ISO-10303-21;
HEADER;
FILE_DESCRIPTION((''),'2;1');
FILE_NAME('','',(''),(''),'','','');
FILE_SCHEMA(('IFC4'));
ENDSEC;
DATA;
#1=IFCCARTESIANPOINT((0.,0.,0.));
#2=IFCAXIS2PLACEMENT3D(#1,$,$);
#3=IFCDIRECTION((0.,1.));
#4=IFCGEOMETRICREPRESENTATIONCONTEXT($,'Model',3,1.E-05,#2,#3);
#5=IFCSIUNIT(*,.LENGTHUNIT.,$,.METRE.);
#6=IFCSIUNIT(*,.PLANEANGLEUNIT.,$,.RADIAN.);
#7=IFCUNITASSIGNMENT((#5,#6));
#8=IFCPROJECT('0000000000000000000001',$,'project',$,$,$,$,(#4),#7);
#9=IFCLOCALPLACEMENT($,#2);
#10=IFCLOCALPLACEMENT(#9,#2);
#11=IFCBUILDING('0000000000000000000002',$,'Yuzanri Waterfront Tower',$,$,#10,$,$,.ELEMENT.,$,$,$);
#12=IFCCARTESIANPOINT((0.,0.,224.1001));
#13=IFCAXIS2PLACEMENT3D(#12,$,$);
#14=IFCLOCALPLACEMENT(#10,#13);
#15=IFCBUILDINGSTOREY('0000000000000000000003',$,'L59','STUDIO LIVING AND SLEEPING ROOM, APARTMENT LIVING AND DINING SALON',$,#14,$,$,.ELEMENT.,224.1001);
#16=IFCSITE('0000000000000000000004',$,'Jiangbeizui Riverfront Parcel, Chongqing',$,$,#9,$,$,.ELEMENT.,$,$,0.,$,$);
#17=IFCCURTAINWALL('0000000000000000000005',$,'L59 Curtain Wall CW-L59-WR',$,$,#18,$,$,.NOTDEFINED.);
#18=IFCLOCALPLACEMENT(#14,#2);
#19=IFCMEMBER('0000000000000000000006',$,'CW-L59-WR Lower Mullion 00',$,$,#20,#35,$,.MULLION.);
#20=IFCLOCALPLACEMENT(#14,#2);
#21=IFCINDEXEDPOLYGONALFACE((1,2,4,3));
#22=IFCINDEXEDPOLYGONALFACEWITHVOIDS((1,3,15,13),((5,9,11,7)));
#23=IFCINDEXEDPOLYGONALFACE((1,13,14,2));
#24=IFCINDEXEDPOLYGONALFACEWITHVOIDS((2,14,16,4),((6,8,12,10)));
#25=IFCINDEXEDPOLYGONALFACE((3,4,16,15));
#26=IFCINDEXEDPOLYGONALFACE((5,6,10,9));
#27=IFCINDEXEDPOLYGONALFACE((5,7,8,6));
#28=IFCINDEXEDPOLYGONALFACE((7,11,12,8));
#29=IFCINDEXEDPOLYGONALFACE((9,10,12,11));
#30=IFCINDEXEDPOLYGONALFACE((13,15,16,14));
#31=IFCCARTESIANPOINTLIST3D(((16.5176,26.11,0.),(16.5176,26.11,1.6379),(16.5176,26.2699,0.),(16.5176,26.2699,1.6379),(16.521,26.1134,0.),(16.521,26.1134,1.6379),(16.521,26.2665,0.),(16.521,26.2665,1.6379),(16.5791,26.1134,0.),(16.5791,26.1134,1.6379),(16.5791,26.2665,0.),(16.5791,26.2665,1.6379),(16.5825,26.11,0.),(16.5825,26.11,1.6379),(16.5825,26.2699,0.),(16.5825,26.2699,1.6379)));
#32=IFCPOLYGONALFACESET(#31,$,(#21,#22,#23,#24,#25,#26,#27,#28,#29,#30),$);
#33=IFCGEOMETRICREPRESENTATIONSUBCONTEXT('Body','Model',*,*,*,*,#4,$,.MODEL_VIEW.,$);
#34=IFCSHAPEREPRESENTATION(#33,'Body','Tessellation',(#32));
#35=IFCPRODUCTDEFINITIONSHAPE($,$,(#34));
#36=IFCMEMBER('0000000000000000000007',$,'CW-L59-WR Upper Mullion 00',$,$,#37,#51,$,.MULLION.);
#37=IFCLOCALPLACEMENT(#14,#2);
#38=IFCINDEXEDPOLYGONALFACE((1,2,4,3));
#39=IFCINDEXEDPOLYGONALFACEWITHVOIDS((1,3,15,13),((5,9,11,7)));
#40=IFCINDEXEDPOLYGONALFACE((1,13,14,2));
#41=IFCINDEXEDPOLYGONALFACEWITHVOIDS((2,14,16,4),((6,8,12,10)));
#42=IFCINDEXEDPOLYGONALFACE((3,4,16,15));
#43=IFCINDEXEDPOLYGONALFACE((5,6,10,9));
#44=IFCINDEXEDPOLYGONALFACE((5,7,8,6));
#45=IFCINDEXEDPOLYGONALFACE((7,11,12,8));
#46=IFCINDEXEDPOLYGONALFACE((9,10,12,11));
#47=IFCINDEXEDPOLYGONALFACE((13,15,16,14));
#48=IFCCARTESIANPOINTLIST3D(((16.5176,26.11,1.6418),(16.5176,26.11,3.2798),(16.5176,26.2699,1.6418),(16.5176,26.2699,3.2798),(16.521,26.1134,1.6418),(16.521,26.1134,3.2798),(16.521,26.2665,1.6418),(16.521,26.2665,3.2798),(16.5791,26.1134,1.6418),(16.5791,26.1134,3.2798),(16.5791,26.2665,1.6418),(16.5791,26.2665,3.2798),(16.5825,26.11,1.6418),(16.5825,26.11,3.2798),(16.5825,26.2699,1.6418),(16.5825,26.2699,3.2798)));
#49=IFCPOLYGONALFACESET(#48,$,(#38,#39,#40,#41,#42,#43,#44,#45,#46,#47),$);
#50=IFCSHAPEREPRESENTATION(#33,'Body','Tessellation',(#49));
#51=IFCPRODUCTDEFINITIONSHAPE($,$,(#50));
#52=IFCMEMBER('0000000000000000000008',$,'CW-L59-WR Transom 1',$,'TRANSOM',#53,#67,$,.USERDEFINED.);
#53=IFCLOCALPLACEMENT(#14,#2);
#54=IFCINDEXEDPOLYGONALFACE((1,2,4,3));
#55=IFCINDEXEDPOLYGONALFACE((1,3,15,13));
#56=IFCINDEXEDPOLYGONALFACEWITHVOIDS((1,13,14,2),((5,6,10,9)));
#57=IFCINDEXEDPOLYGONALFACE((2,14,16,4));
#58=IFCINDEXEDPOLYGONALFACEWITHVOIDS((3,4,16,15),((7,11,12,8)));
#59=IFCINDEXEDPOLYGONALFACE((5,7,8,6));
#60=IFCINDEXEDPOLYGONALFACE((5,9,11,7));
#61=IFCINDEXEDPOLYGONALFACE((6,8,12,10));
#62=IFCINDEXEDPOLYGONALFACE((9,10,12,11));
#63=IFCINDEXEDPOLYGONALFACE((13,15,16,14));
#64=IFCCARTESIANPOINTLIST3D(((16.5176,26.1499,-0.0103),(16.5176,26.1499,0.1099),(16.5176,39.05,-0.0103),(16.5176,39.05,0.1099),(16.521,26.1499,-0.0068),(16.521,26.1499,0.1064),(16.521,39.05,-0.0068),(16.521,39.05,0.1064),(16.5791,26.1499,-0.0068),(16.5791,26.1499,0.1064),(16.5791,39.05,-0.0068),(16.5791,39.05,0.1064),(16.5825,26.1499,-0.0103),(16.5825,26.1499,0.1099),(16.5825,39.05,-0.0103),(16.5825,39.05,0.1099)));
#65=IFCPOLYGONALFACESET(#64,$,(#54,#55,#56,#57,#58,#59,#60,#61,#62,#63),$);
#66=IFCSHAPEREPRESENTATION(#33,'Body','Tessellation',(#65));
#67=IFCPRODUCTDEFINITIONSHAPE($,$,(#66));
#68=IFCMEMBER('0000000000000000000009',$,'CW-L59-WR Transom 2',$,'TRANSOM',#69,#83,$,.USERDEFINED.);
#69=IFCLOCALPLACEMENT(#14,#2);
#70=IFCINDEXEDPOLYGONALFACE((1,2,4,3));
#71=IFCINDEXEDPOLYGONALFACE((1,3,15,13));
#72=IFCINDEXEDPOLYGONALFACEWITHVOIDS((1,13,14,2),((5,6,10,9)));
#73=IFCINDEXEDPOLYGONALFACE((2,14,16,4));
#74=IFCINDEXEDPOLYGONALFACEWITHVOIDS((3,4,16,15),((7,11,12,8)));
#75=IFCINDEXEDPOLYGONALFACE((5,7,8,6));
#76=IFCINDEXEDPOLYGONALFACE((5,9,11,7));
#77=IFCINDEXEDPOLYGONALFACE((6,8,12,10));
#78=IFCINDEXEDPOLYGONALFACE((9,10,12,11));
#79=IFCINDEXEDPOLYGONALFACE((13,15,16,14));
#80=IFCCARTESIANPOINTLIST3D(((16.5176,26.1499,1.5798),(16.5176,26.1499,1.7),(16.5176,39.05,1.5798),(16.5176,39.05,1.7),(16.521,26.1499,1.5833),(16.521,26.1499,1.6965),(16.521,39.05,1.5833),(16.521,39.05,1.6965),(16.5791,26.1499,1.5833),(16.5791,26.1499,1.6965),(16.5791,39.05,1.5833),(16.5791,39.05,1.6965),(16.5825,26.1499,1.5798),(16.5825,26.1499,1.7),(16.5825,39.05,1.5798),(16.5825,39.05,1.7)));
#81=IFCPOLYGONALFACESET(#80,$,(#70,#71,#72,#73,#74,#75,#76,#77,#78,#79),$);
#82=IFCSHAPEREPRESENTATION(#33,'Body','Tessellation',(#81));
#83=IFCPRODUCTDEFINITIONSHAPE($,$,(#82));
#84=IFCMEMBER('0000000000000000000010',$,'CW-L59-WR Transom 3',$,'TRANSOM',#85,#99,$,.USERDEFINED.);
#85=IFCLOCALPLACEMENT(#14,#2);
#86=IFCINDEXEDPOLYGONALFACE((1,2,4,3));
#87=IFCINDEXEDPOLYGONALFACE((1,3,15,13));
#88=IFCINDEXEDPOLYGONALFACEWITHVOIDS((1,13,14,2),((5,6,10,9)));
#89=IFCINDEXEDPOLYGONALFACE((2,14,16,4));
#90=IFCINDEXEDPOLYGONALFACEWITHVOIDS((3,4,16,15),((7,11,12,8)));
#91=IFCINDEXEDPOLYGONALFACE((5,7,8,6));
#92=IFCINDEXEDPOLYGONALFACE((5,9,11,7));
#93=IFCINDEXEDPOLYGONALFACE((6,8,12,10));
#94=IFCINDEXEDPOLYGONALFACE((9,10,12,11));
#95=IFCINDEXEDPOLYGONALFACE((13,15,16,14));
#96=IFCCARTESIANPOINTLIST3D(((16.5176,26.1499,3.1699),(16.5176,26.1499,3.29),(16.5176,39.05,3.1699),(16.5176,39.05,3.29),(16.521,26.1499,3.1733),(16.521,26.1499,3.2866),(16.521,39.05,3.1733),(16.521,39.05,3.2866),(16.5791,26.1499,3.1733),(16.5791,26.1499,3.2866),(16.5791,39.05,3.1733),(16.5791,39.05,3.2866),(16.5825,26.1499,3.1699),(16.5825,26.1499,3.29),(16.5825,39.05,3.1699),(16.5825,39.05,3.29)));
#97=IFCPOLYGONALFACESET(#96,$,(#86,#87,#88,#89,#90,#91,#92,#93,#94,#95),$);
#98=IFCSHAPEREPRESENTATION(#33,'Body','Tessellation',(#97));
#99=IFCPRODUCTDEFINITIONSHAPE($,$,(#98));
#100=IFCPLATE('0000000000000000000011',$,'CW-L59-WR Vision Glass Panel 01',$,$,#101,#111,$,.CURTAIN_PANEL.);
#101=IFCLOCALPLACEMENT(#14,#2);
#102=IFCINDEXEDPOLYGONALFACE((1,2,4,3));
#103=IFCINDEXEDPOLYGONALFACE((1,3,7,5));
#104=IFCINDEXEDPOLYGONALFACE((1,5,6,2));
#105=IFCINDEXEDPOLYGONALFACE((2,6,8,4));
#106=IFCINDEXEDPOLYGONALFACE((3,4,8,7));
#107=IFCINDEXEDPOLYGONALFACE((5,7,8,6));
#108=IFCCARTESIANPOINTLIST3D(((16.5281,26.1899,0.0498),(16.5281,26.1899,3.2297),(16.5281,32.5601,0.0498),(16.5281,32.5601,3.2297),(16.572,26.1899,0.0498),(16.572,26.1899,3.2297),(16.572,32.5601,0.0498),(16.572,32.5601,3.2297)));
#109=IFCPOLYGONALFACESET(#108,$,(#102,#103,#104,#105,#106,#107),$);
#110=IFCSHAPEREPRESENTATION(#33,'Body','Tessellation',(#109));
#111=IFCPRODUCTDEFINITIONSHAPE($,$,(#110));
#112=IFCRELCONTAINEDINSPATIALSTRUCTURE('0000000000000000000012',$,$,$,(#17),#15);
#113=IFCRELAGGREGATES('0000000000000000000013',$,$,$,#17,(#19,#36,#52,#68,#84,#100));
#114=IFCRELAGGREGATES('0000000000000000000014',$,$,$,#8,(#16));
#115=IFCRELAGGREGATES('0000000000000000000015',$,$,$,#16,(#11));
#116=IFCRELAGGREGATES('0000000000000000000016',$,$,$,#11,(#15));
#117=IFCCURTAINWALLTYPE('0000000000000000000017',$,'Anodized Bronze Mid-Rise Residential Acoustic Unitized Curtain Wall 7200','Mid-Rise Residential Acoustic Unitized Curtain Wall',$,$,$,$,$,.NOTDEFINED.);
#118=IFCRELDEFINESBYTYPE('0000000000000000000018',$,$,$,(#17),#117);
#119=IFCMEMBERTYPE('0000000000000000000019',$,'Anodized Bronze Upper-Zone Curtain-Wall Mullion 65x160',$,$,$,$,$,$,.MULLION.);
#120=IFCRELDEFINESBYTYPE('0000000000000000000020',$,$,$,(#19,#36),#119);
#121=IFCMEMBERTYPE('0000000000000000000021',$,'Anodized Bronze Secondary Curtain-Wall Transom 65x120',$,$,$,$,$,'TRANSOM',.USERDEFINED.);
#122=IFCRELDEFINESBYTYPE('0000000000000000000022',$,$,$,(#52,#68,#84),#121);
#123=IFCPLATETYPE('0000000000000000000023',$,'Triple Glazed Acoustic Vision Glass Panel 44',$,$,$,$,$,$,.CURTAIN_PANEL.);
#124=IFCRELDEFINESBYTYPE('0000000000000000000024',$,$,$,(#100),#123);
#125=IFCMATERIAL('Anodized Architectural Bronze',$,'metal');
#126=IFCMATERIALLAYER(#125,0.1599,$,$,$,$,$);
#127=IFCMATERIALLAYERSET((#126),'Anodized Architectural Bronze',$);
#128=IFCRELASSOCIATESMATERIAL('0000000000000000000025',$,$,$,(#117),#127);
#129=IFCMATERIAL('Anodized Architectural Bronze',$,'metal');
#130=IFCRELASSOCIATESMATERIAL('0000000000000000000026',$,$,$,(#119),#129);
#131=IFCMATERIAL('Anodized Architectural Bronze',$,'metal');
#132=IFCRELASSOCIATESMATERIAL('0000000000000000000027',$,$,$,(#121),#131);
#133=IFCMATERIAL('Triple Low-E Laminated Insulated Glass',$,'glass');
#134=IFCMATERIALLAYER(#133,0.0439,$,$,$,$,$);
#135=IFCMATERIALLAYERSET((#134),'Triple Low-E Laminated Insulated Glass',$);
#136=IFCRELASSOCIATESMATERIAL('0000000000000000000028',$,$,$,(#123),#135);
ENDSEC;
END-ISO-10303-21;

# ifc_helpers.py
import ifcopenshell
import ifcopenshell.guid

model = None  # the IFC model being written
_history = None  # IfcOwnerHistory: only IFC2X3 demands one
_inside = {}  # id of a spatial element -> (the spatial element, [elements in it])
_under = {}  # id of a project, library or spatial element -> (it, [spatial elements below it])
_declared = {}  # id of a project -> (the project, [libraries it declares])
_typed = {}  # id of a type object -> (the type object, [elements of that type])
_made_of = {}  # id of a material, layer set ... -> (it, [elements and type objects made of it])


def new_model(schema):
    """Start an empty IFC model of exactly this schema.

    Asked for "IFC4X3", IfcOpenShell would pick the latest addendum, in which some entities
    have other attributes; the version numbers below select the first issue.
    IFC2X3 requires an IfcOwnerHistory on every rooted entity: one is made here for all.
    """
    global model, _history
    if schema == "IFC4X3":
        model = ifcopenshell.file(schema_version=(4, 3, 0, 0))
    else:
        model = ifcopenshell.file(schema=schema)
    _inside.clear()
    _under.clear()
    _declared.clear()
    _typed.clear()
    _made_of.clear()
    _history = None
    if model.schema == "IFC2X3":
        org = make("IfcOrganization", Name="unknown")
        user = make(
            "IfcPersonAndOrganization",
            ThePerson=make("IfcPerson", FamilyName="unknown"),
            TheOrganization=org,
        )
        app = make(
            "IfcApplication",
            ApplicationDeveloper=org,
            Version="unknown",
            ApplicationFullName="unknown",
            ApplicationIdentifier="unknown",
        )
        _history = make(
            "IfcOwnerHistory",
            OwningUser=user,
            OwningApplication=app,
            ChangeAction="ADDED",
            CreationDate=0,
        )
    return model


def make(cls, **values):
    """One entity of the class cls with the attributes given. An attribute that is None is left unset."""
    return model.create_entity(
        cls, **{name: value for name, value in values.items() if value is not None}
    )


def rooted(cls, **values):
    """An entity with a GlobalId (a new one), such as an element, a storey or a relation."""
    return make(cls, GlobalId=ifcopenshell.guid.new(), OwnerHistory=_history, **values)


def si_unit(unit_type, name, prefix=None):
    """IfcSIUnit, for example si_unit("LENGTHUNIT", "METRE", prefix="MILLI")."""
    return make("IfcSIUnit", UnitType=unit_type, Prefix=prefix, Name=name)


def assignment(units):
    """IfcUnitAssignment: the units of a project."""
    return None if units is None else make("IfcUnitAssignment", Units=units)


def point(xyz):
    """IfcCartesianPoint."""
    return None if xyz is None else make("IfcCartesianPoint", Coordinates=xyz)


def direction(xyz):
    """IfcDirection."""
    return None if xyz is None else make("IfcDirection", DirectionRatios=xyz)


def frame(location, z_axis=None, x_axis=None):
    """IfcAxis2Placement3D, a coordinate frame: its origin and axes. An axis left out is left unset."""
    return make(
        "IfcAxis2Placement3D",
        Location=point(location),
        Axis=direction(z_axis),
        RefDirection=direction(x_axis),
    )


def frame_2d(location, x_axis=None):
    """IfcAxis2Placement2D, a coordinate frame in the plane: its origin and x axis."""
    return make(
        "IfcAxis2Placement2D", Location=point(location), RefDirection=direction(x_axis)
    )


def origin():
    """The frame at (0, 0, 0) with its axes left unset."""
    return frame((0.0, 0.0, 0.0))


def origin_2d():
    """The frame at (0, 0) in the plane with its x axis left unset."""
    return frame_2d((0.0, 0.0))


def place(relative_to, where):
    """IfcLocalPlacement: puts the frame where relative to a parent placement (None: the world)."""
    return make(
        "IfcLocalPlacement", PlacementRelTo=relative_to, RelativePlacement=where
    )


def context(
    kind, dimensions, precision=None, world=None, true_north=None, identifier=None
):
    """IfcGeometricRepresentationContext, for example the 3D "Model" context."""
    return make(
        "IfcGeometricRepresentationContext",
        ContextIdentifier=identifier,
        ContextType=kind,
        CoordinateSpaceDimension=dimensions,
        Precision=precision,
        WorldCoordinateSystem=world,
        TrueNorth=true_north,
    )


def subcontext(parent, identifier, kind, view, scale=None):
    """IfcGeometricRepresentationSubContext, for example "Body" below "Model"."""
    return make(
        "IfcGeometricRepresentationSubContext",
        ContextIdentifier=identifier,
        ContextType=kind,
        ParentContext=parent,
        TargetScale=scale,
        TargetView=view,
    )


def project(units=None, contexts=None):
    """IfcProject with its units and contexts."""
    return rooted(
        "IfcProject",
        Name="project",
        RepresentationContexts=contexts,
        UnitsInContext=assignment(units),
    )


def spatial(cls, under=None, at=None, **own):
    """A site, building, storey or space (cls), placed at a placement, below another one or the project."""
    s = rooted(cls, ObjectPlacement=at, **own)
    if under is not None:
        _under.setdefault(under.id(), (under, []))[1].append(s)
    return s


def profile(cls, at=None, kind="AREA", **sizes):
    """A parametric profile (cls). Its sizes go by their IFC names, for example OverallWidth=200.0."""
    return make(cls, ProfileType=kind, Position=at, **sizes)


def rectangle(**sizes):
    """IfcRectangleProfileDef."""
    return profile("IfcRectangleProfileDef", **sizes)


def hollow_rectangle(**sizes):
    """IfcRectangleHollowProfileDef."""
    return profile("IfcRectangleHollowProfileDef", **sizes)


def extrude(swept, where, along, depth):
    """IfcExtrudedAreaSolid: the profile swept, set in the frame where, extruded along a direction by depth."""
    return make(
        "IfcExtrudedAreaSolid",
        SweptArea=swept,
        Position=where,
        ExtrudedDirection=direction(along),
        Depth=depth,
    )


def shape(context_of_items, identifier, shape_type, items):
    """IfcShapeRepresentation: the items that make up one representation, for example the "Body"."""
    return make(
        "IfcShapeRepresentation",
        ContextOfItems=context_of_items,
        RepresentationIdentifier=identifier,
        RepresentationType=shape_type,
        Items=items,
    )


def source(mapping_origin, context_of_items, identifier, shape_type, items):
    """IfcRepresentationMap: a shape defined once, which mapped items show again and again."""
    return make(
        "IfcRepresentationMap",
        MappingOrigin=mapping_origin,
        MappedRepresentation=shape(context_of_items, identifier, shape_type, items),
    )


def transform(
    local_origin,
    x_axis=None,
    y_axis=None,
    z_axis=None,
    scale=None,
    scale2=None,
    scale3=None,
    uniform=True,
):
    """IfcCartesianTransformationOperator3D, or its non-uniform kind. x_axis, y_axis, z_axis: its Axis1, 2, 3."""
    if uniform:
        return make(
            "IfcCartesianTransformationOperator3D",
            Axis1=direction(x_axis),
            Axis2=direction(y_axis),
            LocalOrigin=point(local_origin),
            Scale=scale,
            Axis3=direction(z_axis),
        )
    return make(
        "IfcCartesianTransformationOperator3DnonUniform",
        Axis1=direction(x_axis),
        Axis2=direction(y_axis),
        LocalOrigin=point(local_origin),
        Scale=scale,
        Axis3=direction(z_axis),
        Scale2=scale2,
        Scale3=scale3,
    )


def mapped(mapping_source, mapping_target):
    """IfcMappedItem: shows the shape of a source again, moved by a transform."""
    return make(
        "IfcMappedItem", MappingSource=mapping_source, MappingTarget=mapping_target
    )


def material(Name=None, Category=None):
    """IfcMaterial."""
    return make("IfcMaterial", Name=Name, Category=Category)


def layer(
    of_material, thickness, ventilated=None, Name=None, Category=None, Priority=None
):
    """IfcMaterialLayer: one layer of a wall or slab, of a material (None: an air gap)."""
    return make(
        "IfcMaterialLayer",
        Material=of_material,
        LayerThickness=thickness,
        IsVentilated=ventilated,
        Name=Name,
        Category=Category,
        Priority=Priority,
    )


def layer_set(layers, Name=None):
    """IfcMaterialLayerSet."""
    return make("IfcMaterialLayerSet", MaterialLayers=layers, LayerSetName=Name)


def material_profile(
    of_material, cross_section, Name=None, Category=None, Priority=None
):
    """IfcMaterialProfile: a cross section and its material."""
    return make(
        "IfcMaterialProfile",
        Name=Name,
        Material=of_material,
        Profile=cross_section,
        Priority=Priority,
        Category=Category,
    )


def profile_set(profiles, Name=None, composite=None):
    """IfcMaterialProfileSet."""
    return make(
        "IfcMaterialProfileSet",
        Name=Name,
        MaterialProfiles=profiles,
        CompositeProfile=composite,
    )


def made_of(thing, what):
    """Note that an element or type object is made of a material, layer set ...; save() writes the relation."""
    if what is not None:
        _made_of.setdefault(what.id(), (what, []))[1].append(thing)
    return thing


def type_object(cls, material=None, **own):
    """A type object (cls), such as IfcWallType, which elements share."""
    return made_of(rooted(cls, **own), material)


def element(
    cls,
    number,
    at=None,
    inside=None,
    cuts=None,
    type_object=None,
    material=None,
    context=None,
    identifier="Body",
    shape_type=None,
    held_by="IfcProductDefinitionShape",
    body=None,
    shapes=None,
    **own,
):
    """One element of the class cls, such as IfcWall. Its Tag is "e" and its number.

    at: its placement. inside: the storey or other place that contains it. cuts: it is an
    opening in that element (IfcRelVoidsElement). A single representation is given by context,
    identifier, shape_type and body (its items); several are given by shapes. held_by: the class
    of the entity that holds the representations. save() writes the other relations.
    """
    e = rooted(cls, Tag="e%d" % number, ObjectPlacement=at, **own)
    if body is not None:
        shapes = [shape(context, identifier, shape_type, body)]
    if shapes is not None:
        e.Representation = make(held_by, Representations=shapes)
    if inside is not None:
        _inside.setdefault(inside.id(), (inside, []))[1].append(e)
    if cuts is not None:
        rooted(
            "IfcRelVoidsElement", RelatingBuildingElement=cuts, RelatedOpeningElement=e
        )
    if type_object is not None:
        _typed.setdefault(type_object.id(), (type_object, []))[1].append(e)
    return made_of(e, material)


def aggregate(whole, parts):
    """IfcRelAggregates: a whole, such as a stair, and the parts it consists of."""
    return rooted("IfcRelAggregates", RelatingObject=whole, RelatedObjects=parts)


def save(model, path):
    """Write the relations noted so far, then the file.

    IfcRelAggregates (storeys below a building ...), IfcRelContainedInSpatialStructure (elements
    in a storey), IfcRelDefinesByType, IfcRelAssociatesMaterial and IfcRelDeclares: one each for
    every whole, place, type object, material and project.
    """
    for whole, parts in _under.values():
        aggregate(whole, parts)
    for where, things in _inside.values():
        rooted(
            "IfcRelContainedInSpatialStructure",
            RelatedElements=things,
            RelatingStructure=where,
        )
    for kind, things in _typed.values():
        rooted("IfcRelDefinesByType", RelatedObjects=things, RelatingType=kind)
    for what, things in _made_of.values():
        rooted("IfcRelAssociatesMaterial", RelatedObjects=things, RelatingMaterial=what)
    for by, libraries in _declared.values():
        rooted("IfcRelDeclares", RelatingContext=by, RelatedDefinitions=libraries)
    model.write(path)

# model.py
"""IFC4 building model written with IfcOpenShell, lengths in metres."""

from ifc_helpers import new_model, si_unit, direction, frame, origin, origin_2d, place, context, subcontext, project, spatial, rectangle, hollow_rectangle, extrude, source, transform, mapped, material, layer, layer_set, material_profile, profile_set, type_object, element, aggregate, save


model = new_model("IFC4")

# Units and contexts
model_context = context("Model", 3, precision=1e-05, world=origin(), true_north=direction((0.0, 1.0)))
body_context = subcontext(model_context, "Body", "Model", "MODEL_VIEW")
ifc_project = project(units=[si_unit("LENGTHUNIT", "METRE"), si_unit("PLANEANGLEUNIT", "RADIAN")], contexts=[model_context])

# Site, building, storey
site_placement = place(None, origin())
site = spatial("IfcSite", under=ifc_project, at=site_placement, Name="Jiangbeizui Riverfront Parcel, Chongqing", CompositionType="ELEMENT", RefElevation=0.0)
building_placement = place(site_placement, origin())
building = spatial("IfcBuilding", under=site, at=building_placement, Name="Yuzanri Waterfront Tower", CompositionType="ELEMENT")
storey_placement = place(building_placement, frame((0.0, 0.0, 224.1001)))
storey = spatial("IfcBuildingStorey", under=building, at=storey_placement, Name="L59", Description="STUDIO LIVING AND SLEEPING ROOM, APARTMENT LIVING AND DINING SALON", CompositionType="ELEMENT", Elevation=224.1001)

# Shared definitions
ifc_material_1 = material(Name="Anodized Architectural Bronze", Category="metal")
ifc_layer_1 = layer(ifc_material_1, 0.1599)
ifc_layer_set_1 = layer_set([ifc_layer_1], Name="Anodized Architectural Bronze")
curtain_wall_type = type_object("IfcCurtainWallType", Name="Anodized Bronze Mid-Rise Residential Acoustic Unitized Curtain Wall 7200", Description="Mid-Rise Residential Acoustic Unitized Curtain Wall", PredefinedType="NOTDEFINED", material=ifc_layer_set_1)
ifc_material_2 = material(Name="Anodized Architectural Bronze", Category="metal")
ifc_material_profile_1 = material_profile(ifc_material_2, hollow_rectangle(XDim=0.0649, YDim=0.1599, WallThickness=0.0034, at=origin_2d()), Name="CWM 65x160")
ifc_profile_set_1 = profile_set([ifc_material_profile_1], Name="Anodized Architectural Bronze")
member_type_1 = type_object("IfcMemberType", Name="Anodized Bronze Upper-Zone Curtain-Wall Mullion 65x160", PredefinedType="MULLION", material=ifc_profile_set_1)
shared_shape_1 = source(origin(), body_context, "Body", "SweptSolid", [
    extrude(hollow_rectangle(XDim=0.0649, YDim=0.1599, WallThickness=0.0034, at=origin_2d()), origin(), (0.0, 0.0, 1.0), 1.6379),
])

# Curtain wall, members, plate
curtain_wall_1_placement = place(storey_placement, origin())
curtain_wall_1 = element("IfcCurtainWall", 1, at=curtain_wall_1_placement, inside=storey, type_object=curtain_wall_type, Name="L59 Curtain Wall CW-L59-WR", PredefinedType="NOTDEFINED")
member_1_placement = place(storey_placement, frame((16.55, 26.1899, 0.0), z_axis=(0.0, 0.0, 1.0), x_axis=(1.0, 0.0, 0.0)))
member_1 = element("IfcMember", 2, at=member_1_placement, type_object=member_type_1, Name="CW-L59-WR Lower Mullion 00", PredefinedType="MULLION", context=body_context, shape_type="MappedRepresentation", body=[
    mapped(shared_shape_1, transform((0.0, 0.0, 0.0), scale=1.0)),
])
member_2_placement = place(storey_placement, frame((16.55, 26.1899, 1.6418), z_axis=(0.0, 0.0, 1.0), x_axis=(1.0, 0.0, 0.0)))
member_2 = element("IfcMember", 3, at=member_2_placement, type_object=member_type_1, Name="CW-L59-WR Upper Mullion 00", PredefinedType="MULLION", context=body_context, shape_type="MappedRepresentation", body=[
    mapped(shared_shape_1, transform((0.0, 0.0, 0.0), scale=1.0)),
])
ifc_material_3 = material(Name="Anodized Architectural Bronze", Category="metal")
ifc_material_profile_2 = material_profile(ifc_material_3, hollow_rectangle(XDim=0.0649, YDim=0.1201, WallThickness=0.0034, at=origin_2d()), Name="CWT 65x120")
ifc_profile_set_2 = profile_set([ifc_material_profile_2], Name="Anodized Architectural Bronze")
member_type_2 = type_object("IfcMemberType", Name="Anodized Bronze Secondary Curtain-Wall Transom 65x120", ElementType="TRANSOM", PredefinedType="USERDEFINED", material=ifc_profile_set_2)
shared_shape_2 = source(origin(), body_context, "Body", "SweptSolid", [
    extrude(hollow_rectangle(XDim=0.0649, YDim=0.1201, WallThickness=0.0034, at=origin_2d()), origin(), (0.0, 0.0, 1.0), 12.9001),
])
member_3_placement = place(storey_placement, frame((16.55, 26.1499, 0.0498), z_axis=(0.0, 1.0, 0.0), x_axis=(-1.0, 0.0, 0.0)))
member_3 = element("IfcMember", 4, at=member_3_placement, type_object=member_type_2, Name="CW-L59-WR Transom 1", ObjectType="TRANSOM", PredefinedType="USERDEFINED", context=body_context, shape_type="MappedRepresentation", body=[
    mapped(shared_shape_2, transform((0.0, 0.0, 0.0), scale=1.0)),
])
member_4_placement = place(storey_placement, frame((16.55, 26.1499, 1.6399), z_axis=(0.0, 1.0, 0.0), x_axis=(-1.0, 0.0, 0.0)))
member_4 = element("IfcMember", 5, at=member_4_placement, type_object=member_type_2, Name="CW-L59-WR Transom 2", ObjectType="TRANSOM", PredefinedType="USERDEFINED", context=body_context, shape_type="MappedRepresentation", body=[
    mapped(shared_shape_2, transform((0.0, 0.0, 0.0), scale=1.0)),
])
member_5_placement = place(storey_placement, frame((16.55, 26.1499, 3.23), z_axis=(0.0, 1.0, 0.0), x_axis=(-1.0, 0.0, 0.0)))
member_5 = element("IfcMember", 6, at=member_5_placement, type_object=member_type_2, Name="CW-L59-WR Transom 3", ObjectType="TRANSOM", PredefinedType="USERDEFINED", context=body_context, shape_type="MappedRepresentation", body=[
    mapped(shared_shape_2, transform((0.0, 0.0, 0.0), scale=1.0)),
])
ifc_material_4 = material(Name="Triple Low-E Laminated Insulated Glass", Category="glass")
ifc_layer_2 = layer(ifc_material_4, 0.0439)
ifc_layer_set_2 = layer_set([ifc_layer_2], Name="Triple Low-E Laminated Insulated Glass")
plate_type = type_object("IfcPlateType", Name="Triple Glazed Acoustic Vision Glass Panel 44", PredefinedType="CURTAIN_PANEL", material=ifc_layer_set_2)
shared_shape_3 = source(origin(), body_context, "Body", "SweptSolid", [
    extrude(rectangle(XDim=6.3701, YDim=0.0439, at=origin_2d()), origin(), (0.0, 0.0, 1.0), 3.1799),
])
plate_placement = place(storey_placement, frame((16.55, 29.375, 0.0498), z_axis=(0.0, 0.0, 1.0), x_axis=(0.0, 1.0, 0.0)))
plate = element("IfcPlate", 7, at=plate_placement, type_object=plate_type, Name="CW-L59-WR Vision Glass Panel 01", PredefinedType="CURTAIN_PANEL", context=body_context, shape_type="MappedRepresentation", body=[
    mapped(shared_shape_3, transform((0.0, 0.0, 0.0), scale=1.0)),
])
aggregate(curtain_wall_1, [member_1, member_2, member_3, member_4, member_5, plate])

save(model, "model.ifc")
